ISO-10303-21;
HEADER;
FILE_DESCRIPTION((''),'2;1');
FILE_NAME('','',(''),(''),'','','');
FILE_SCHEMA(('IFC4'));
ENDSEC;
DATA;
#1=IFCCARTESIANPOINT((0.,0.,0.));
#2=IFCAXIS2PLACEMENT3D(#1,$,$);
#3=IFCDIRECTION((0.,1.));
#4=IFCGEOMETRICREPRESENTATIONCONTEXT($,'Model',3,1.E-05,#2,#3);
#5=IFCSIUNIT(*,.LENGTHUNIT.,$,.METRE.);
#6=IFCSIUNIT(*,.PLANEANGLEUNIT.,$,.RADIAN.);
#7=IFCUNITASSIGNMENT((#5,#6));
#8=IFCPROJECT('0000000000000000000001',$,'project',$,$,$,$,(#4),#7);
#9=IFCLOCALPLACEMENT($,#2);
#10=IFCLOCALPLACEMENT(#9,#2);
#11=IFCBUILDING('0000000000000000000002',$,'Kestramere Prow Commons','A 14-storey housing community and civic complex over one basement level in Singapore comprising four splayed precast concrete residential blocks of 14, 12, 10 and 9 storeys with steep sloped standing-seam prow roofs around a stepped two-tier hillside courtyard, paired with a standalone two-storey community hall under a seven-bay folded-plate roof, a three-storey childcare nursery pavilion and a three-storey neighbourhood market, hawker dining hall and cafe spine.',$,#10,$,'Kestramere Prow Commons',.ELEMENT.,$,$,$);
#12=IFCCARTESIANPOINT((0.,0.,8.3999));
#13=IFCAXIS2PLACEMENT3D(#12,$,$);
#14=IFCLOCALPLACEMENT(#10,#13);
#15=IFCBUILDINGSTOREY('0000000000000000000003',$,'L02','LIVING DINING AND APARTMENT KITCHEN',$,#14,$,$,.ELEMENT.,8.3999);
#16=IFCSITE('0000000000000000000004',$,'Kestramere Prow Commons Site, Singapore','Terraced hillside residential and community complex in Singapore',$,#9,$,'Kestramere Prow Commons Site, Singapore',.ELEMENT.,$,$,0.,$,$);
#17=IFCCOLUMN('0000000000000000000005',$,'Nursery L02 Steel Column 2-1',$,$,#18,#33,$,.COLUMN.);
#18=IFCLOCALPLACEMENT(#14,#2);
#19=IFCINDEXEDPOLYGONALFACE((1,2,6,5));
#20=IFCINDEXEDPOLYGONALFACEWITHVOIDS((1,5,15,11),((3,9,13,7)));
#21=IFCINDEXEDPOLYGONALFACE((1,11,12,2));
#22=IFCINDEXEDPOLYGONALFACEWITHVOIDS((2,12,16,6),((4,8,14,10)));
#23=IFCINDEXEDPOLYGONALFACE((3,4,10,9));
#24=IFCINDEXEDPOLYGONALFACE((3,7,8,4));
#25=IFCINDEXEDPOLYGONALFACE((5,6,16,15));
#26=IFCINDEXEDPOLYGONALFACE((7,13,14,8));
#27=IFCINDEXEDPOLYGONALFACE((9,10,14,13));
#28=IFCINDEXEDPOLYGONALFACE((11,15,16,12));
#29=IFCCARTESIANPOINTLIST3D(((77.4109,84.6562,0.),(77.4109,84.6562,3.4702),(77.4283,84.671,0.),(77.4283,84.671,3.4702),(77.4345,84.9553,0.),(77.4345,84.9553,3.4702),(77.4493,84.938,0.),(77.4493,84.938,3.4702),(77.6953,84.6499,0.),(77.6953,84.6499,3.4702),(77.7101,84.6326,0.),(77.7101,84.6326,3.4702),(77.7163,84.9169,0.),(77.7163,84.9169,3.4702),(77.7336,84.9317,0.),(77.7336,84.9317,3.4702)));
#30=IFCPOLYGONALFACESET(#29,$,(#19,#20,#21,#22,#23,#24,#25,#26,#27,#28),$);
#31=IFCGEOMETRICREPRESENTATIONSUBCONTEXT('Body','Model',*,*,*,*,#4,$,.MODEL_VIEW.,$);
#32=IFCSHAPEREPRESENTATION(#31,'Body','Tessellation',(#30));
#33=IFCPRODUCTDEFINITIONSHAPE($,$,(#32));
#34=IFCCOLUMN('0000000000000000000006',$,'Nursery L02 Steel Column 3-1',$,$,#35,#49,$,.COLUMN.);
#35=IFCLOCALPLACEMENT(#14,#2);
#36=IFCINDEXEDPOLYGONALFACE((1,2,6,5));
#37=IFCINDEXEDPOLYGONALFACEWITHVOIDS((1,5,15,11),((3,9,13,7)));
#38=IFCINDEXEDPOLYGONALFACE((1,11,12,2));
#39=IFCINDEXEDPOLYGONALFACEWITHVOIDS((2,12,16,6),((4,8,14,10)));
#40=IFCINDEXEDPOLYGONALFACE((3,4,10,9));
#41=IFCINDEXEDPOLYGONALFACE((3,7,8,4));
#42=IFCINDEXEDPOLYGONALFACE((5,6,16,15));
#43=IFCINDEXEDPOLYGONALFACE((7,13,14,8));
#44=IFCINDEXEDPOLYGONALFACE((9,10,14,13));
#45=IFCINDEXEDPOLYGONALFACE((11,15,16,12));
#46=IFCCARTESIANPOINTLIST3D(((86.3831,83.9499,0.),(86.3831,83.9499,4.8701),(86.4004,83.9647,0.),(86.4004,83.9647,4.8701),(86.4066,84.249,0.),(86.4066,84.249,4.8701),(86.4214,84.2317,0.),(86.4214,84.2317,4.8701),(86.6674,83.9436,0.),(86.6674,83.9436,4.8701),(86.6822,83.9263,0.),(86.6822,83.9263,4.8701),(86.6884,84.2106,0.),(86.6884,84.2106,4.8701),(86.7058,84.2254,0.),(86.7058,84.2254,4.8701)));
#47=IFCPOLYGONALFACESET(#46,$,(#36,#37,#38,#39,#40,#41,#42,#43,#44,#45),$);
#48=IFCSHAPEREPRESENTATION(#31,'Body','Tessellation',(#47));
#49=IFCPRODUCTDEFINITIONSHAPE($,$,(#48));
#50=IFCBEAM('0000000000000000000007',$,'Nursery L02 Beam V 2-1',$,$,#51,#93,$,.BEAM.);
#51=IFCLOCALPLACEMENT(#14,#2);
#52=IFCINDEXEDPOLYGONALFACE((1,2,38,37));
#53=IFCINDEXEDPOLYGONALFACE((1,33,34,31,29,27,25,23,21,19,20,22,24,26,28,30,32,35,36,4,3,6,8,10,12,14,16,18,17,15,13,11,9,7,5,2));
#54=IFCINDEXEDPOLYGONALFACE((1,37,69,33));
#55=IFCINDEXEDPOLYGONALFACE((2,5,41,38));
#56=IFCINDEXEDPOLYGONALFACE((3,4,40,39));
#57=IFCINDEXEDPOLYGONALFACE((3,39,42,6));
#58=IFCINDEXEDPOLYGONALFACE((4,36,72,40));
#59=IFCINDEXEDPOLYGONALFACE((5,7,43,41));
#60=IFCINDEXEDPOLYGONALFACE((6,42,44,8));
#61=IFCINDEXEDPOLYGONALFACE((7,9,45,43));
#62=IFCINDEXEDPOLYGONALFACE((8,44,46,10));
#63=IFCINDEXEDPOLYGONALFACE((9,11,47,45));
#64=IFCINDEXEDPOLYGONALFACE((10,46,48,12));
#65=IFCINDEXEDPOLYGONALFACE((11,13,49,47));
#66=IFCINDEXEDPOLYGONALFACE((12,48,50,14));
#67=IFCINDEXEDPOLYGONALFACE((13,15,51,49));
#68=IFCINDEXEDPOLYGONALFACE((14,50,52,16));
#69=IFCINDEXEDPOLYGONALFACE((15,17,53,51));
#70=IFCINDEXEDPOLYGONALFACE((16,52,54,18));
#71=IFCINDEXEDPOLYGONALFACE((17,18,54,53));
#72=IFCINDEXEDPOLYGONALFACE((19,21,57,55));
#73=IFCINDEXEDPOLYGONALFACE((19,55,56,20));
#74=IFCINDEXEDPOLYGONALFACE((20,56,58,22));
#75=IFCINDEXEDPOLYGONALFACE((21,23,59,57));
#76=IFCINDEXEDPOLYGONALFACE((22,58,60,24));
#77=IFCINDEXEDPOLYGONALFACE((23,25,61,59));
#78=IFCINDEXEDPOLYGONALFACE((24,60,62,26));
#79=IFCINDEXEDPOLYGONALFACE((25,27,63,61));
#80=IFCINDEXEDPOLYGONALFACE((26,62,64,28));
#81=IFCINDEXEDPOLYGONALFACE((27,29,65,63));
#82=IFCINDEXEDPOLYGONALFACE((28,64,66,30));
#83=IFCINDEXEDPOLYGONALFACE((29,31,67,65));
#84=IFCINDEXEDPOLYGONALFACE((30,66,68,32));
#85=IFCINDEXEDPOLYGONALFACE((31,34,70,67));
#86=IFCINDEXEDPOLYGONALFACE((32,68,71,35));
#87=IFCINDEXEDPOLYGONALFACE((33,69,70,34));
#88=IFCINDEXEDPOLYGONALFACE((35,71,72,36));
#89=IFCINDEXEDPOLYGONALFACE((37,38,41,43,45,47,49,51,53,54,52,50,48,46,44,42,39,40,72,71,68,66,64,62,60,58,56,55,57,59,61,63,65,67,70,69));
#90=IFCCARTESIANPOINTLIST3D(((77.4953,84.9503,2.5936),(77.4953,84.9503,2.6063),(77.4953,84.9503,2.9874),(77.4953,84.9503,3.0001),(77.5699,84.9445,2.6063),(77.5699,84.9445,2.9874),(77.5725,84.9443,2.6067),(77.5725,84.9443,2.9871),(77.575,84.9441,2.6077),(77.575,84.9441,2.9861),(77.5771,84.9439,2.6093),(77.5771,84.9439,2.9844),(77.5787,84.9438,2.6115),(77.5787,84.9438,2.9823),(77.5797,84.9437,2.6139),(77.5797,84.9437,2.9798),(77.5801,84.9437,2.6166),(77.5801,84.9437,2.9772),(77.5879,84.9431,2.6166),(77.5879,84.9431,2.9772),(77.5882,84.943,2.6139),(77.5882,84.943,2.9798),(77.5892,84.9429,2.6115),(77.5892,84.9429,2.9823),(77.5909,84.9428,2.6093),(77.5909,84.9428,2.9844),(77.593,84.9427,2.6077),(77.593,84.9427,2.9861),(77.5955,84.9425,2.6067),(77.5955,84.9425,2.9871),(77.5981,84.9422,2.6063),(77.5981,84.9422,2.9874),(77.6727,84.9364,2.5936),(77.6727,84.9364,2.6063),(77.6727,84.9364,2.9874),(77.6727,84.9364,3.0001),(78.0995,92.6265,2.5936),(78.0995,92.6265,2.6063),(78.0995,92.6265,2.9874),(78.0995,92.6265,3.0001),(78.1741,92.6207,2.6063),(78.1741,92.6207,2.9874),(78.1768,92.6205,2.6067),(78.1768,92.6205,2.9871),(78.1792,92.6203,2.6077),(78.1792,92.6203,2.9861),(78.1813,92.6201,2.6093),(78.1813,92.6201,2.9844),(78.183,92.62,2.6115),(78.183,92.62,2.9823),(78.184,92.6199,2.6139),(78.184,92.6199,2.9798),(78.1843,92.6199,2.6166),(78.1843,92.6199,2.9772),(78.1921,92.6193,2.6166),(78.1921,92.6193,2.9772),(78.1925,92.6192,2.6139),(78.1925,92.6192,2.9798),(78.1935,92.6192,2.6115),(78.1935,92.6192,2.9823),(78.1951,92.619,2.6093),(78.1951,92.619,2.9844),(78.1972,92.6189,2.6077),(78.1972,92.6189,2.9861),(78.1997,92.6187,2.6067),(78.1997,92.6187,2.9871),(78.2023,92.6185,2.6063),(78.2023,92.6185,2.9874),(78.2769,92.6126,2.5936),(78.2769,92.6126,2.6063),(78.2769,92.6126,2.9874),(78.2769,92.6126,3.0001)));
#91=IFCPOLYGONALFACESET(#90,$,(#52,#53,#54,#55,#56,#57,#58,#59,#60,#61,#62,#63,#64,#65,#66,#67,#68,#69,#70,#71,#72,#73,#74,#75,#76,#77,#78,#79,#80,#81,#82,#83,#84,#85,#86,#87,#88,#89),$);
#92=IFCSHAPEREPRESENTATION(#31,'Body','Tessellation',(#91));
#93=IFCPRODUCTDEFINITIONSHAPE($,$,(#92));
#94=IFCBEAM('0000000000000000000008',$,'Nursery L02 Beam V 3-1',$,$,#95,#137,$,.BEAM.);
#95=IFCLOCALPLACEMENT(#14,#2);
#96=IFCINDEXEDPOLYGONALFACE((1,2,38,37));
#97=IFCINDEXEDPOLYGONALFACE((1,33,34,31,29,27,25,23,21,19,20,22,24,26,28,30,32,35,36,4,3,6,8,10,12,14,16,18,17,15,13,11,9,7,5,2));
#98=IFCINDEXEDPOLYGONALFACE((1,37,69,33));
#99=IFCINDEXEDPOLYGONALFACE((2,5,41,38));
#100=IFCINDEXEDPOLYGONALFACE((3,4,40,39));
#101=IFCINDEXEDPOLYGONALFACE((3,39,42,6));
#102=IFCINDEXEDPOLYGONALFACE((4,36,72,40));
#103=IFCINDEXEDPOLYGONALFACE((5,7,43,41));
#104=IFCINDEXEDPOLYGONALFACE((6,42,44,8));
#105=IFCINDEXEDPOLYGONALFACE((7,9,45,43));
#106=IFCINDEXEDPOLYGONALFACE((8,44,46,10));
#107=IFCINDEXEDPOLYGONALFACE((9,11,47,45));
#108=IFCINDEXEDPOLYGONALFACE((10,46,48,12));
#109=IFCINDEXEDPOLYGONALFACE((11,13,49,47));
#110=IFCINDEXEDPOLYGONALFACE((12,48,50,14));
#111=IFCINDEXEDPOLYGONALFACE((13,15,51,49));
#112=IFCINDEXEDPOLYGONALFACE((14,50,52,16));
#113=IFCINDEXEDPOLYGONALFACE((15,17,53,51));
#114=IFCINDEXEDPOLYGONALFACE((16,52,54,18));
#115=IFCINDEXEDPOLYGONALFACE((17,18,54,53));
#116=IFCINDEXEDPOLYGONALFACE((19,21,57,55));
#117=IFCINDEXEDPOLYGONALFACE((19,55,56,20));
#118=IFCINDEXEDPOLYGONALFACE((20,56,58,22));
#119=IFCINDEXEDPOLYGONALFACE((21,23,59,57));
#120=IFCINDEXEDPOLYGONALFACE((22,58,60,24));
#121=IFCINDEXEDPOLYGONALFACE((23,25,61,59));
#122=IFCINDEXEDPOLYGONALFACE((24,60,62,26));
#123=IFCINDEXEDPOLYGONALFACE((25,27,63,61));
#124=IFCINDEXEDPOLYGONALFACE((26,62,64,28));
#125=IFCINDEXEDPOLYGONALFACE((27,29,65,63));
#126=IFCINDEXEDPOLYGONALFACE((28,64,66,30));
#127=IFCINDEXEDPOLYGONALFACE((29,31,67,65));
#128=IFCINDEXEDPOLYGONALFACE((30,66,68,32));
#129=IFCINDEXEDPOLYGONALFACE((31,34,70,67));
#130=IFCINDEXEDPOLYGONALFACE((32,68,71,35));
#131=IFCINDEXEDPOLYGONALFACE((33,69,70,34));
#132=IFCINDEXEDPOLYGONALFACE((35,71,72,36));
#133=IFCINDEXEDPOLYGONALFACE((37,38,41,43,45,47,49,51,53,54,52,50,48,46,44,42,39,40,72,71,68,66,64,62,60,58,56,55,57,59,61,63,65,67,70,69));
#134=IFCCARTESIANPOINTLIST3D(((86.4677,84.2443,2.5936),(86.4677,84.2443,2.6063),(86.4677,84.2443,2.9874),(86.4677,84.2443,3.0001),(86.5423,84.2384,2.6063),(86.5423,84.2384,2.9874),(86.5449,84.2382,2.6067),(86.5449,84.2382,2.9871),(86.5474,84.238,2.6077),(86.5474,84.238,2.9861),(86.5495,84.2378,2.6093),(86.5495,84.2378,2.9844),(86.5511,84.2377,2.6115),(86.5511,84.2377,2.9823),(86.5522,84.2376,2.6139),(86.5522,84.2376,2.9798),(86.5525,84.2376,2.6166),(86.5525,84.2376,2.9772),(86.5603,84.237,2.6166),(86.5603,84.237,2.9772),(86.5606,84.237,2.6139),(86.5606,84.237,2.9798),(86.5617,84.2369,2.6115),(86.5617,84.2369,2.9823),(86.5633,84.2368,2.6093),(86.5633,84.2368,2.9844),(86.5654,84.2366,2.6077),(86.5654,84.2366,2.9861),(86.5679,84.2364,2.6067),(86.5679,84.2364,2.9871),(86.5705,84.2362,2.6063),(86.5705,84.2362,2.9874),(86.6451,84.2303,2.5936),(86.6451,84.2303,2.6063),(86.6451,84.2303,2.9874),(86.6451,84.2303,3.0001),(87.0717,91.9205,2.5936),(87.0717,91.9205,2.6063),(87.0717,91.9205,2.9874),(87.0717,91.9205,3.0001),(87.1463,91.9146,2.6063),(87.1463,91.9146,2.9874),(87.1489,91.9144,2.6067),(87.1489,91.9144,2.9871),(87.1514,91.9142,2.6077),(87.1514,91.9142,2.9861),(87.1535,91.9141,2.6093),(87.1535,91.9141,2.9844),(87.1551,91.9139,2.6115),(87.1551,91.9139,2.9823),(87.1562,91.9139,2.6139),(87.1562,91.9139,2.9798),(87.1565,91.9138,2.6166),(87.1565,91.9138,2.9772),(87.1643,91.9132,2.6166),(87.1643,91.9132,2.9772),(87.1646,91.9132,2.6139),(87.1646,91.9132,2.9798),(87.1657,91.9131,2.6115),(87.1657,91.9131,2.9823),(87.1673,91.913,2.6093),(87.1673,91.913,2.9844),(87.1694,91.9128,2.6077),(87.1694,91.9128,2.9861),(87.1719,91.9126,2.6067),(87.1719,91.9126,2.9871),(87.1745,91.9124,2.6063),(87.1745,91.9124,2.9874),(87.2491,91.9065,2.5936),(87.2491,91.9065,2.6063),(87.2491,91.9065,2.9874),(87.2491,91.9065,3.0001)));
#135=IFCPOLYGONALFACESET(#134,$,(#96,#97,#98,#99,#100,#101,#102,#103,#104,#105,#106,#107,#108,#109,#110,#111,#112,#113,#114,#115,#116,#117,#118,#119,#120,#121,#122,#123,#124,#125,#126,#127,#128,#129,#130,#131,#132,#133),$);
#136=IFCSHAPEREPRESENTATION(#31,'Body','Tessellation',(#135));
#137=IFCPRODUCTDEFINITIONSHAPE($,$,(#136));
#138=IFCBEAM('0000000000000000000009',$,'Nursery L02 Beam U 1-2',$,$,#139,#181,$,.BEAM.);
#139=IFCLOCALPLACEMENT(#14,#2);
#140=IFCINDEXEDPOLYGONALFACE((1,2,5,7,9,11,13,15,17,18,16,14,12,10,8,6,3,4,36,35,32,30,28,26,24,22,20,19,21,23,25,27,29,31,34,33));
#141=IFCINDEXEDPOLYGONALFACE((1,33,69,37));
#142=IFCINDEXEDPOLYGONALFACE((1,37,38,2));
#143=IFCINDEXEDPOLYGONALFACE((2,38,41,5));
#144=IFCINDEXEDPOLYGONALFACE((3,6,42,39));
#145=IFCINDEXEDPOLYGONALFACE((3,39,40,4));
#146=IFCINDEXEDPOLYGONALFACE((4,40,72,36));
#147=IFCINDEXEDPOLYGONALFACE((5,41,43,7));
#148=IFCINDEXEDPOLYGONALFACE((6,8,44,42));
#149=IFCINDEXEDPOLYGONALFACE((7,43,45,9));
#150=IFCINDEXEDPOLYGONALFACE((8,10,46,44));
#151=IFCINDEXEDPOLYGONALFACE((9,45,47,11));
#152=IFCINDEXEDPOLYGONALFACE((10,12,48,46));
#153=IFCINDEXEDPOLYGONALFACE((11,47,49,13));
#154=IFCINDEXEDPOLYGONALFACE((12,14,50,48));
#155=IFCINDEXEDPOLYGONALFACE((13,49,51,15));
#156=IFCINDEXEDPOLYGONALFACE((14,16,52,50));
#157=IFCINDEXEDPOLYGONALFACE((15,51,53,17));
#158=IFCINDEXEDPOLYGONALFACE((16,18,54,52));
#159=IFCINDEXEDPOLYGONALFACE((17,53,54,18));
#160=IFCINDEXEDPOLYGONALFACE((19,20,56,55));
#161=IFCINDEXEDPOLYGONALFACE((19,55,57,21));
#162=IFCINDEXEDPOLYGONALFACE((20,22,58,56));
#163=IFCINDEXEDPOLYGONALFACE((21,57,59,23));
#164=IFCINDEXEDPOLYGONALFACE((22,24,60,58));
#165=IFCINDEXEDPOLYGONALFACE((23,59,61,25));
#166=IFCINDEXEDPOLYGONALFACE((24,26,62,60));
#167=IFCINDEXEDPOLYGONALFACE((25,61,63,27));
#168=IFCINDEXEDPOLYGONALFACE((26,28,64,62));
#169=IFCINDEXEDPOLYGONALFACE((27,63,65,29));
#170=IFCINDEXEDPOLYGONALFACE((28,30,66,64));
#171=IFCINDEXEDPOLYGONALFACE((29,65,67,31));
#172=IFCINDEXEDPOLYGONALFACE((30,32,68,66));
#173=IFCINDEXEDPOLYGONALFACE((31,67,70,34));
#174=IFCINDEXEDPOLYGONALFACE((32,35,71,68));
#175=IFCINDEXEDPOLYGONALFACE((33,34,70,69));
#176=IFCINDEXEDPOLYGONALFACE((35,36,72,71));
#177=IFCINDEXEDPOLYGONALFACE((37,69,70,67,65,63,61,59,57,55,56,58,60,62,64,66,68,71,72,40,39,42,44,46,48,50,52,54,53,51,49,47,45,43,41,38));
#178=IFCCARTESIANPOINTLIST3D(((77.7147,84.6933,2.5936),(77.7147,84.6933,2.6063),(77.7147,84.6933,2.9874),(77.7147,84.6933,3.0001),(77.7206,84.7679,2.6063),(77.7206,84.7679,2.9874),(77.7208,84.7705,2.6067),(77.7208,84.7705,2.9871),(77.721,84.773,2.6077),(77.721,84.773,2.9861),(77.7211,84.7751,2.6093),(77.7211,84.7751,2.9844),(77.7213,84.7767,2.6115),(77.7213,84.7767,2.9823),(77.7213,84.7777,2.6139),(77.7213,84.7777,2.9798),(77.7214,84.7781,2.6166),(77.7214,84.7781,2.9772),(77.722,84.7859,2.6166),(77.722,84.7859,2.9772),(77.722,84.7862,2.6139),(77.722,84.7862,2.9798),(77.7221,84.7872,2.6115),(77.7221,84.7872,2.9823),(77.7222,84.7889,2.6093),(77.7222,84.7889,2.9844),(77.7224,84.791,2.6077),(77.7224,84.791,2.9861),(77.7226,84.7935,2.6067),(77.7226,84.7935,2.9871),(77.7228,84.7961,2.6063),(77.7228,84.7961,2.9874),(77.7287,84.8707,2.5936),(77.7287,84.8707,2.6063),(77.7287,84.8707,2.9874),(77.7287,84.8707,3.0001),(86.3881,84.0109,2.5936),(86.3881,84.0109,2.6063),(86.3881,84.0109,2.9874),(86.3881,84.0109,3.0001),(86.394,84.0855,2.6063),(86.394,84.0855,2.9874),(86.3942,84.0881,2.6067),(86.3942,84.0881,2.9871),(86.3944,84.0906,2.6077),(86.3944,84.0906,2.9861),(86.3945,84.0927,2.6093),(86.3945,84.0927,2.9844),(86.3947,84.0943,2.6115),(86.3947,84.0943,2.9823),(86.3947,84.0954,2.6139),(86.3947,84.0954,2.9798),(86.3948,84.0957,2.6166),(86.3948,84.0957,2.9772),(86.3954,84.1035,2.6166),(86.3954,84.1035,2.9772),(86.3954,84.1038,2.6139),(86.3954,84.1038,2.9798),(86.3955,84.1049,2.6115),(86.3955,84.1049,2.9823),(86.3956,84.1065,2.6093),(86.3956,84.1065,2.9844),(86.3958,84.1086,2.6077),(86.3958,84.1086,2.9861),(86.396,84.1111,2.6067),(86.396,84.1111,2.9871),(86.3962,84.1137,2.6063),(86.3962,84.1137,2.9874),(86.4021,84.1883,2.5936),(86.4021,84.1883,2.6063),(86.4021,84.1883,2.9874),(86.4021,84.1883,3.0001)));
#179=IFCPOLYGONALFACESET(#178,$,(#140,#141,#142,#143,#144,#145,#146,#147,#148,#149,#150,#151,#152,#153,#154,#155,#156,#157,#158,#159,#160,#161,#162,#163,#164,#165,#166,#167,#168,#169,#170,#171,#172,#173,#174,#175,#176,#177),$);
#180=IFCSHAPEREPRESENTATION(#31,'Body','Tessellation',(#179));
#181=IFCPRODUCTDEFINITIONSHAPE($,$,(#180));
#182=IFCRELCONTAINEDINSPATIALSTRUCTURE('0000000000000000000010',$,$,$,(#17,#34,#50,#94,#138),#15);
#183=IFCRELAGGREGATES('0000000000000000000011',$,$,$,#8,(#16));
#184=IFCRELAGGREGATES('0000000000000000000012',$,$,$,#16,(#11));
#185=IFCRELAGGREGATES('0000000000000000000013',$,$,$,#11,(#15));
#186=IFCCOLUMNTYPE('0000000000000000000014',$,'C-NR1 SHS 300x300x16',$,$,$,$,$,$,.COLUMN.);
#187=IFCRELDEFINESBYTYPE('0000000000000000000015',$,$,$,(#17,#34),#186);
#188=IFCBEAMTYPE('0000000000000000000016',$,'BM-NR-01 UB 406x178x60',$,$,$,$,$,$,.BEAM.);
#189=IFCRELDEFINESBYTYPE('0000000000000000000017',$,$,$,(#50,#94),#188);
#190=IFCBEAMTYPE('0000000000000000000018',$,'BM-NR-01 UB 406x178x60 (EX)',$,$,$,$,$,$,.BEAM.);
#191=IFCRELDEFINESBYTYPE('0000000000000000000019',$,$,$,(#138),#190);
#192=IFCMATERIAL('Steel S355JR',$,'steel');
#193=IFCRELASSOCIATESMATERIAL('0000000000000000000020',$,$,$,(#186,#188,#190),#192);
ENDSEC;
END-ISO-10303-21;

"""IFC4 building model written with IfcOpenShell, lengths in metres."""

from ifc_helpers import new_model, si_unit, direction, frame, origin, origin_2d, place, context, subcontext, project, spatial, hollow_rectangle, i_section, extrude, material, material_profile, profile_set, type_object, element, save


model = new_model("IFC4")

# Units and contexts
model_context = context("Model", 3, precision=1e-05, world=origin(), true_north=direction((0.0, 1.0)))
body_context = subcontext(model_context, "Body", "Model", "MODEL_VIEW")
ifc_project = project(units=[si_unit("LENGTHUNIT", "METRE"), si_unit("PLANEANGLEUNIT", "RADIAN")], contexts=[model_context])

# Site, building, storey
site_placement = place(None, origin())
site = spatial("IfcSite", under=ifc_project, at=site_placement, Name="Kestramere Prow Commons Site, Singapore", Description="Terraced hillside residential and community complex in Singapore", LongName="Kestramere Prow Commons Site, Singapore", CompositionType="ELEMENT", RefElevation=0.0)
building_placement = place(site_placement, origin())
building = spatial("IfcBuilding", under=site, at=building_placement, Name="Kestramere Prow Commons", Description="A 14-storey housing community and civic complex over one basement level in Singapore comprising four splayed precast concrete residential blocks of 14, 12, 10 and 9 storeys with steep sloped standing-seam prow roofs around a stepped two-tier hillside courtyard, paired with a standalone two-storey community hall under a seven-bay folded-plate roof, a three-storey childcare nursery pavilion and a three-storey neighbourhood market, hawker dining hall and cafe spine.", LongName="Kestramere Prow Commons", CompositionType="ELEMENT")
storey_placement = place(building_placement, frame((0.0, 0.0, 8.3999)))
storey = spatial("IfcBuildingStorey", under=building, at=storey_placement, Name="L02", Description="LIVING DINING AND APARTMENT KITCHEN", CompositionType="ELEMENT", Elevation=8.3999)

# Columns
ifc_material_1 = material(Name="Steel S355JR", Category="steel")
ifc_material_profile_1 = material_profile(ifc_material_1, hollow_rectangle(XDim=0.3, YDim=0.3, WallThickness=0.0161, at=origin_2d()), Name="SHS 300x300x16")
ifc_profile_set_1 = profile_set([ifc_material_profile_1], Name="Steel S355JR")
column_type = type_object("IfcColumnType", Name="C-NR1 SHS 300x300x16", PredefinedType="COLUMN", material=ifc_profile_set_1)
column_1_placement = place(storey_placement, frame((77.5723, 84.7939, 0.0), z_axis=(0.0, 0.0, 1.0), x_axis=(0.996917, -0.078459, 0.0)))
element("IfcColumn", 1, at=column_1_placement, inside=storey, type_object=column_type, Name="Nursery L02 Steel Column 2-1", PredefinedType="COLUMN", context=body_context, shape_type="SweptSolid", body=[
    extrude(hollow_rectangle(XDim=0.3, YDim=0.3, WallThickness=0.0161, at=origin_2d()), origin(), (0.0, 0.0, 1.0), 3.4702),
])
column_2_placement = place(storey_placement, frame((86.5444, 84.0876, 0.0), z_axis=(0.0, 0.0, 1.0), x_axis=(0.996917, -0.078459, 0.0)))
element("IfcColumn", 2, at=column_2_placement, inside=storey, type_object=column_type, Name="Nursery L02 Steel Column 3-1", PredefinedType="COLUMN", context=body_context, shape_type="SweptSolid", body=[
    extrude(hollow_rectangle(XDim=0.3, YDim=0.3, WallThickness=0.0161, at=origin_2d()), origin(), (0.0, 0.0, 1.0), 4.8701),
])

# Beams
ifc_material_profile_2 = material_profile(ifc_material_1, i_section(OverallWidth=0.178, OverallDepth=0.4065, WebThickness=0.0078, FlangeThickness=0.0127, FilletRadius=0.0103, at=origin_2d()), Name="UB 406x178x60")
ifc_profile_set_2 = profile_set([ifc_material_profile_2], Name="Steel S355JR")
beam_type_1 = type_object("IfcBeamType", Name="BM-NR-01 UB 406x178x60", PredefinedType="BEAM", material=ifc_profile_set_2)
for number, where, z_axis, x_axis, name in (
    (3, (77.584, 84.9434, 2.7969), (0.078474, 0.996916, 0.0), (-0.996916, 0.078474, 0.0), "Nursery L02 Beam V 2-1"),
    (4, (86.5564, 84.2373, 2.7969), (0.078442, 0.996919, 0.0), (-0.996919, 0.078442, 0.0), "Nursery L02 Beam V 3-1"),
):
    element("IfcBeam", number, at=place(storey_placement, frame(where, z_axis=z_axis, x_axis=x_axis)), inside=storey, type_object=beam_type_1, Name=name, PredefinedType="BEAM", context=body_context, shape_type="SweptSolid", body=[
        extrude(i_section(OverallWidth=0.178, OverallDepth=0.4065, WebThickness=0.0078, FlangeThickness=0.0127, FilletRadius=0.0103, at=origin_2d()), origin(), (0.0, 0.0, 1.0), 7.7),
    ])
ifc_material_profile_3 = material_profile(ifc_material_1, i_section(OverallWidth=0.178, OverallDepth=0.4065, WebThickness=0.0078, FlangeThickness=0.0127, FilletRadius=0.0103, at=origin_2d()), Name="UB 406x178x60")
ifc_profile_set_3 = profile_set([ifc_material_profile_3], Name="Steel S355JR")
beam_type_2 = type_object("IfcBeamType", Name="BM-NR-01 UB 406x178x60 (EX)", PredefinedType="BEAM", material=ifc_profile_set_3)
beam_1_placement = place(storey_placement, frame((77.7217, 84.782, 2.7969), z_axis=(0.996919, -0.078432, 0.0), x_axis=(0.078432, 0.996919, 0.0)))
element("IfcBeam", 5, at=beam_1_placement, inside=storey, type_object=beam_type_2, Name="Nursery L02 Beam U 1-2", PredefinedType="BEAM", context=body_context, shape_type="SweptSolid", body=[
    extrude(i_section(OverallWidth=0.178, OverallDepth=0.4065, WebThickness=0.0078, FlangeThickness=0.0127, FilletRadius=0.0103, at=origin_2d()), origin(), (0.0, 0.0, 1.0), 8.7002),
])

save(model, "model.ifc")
